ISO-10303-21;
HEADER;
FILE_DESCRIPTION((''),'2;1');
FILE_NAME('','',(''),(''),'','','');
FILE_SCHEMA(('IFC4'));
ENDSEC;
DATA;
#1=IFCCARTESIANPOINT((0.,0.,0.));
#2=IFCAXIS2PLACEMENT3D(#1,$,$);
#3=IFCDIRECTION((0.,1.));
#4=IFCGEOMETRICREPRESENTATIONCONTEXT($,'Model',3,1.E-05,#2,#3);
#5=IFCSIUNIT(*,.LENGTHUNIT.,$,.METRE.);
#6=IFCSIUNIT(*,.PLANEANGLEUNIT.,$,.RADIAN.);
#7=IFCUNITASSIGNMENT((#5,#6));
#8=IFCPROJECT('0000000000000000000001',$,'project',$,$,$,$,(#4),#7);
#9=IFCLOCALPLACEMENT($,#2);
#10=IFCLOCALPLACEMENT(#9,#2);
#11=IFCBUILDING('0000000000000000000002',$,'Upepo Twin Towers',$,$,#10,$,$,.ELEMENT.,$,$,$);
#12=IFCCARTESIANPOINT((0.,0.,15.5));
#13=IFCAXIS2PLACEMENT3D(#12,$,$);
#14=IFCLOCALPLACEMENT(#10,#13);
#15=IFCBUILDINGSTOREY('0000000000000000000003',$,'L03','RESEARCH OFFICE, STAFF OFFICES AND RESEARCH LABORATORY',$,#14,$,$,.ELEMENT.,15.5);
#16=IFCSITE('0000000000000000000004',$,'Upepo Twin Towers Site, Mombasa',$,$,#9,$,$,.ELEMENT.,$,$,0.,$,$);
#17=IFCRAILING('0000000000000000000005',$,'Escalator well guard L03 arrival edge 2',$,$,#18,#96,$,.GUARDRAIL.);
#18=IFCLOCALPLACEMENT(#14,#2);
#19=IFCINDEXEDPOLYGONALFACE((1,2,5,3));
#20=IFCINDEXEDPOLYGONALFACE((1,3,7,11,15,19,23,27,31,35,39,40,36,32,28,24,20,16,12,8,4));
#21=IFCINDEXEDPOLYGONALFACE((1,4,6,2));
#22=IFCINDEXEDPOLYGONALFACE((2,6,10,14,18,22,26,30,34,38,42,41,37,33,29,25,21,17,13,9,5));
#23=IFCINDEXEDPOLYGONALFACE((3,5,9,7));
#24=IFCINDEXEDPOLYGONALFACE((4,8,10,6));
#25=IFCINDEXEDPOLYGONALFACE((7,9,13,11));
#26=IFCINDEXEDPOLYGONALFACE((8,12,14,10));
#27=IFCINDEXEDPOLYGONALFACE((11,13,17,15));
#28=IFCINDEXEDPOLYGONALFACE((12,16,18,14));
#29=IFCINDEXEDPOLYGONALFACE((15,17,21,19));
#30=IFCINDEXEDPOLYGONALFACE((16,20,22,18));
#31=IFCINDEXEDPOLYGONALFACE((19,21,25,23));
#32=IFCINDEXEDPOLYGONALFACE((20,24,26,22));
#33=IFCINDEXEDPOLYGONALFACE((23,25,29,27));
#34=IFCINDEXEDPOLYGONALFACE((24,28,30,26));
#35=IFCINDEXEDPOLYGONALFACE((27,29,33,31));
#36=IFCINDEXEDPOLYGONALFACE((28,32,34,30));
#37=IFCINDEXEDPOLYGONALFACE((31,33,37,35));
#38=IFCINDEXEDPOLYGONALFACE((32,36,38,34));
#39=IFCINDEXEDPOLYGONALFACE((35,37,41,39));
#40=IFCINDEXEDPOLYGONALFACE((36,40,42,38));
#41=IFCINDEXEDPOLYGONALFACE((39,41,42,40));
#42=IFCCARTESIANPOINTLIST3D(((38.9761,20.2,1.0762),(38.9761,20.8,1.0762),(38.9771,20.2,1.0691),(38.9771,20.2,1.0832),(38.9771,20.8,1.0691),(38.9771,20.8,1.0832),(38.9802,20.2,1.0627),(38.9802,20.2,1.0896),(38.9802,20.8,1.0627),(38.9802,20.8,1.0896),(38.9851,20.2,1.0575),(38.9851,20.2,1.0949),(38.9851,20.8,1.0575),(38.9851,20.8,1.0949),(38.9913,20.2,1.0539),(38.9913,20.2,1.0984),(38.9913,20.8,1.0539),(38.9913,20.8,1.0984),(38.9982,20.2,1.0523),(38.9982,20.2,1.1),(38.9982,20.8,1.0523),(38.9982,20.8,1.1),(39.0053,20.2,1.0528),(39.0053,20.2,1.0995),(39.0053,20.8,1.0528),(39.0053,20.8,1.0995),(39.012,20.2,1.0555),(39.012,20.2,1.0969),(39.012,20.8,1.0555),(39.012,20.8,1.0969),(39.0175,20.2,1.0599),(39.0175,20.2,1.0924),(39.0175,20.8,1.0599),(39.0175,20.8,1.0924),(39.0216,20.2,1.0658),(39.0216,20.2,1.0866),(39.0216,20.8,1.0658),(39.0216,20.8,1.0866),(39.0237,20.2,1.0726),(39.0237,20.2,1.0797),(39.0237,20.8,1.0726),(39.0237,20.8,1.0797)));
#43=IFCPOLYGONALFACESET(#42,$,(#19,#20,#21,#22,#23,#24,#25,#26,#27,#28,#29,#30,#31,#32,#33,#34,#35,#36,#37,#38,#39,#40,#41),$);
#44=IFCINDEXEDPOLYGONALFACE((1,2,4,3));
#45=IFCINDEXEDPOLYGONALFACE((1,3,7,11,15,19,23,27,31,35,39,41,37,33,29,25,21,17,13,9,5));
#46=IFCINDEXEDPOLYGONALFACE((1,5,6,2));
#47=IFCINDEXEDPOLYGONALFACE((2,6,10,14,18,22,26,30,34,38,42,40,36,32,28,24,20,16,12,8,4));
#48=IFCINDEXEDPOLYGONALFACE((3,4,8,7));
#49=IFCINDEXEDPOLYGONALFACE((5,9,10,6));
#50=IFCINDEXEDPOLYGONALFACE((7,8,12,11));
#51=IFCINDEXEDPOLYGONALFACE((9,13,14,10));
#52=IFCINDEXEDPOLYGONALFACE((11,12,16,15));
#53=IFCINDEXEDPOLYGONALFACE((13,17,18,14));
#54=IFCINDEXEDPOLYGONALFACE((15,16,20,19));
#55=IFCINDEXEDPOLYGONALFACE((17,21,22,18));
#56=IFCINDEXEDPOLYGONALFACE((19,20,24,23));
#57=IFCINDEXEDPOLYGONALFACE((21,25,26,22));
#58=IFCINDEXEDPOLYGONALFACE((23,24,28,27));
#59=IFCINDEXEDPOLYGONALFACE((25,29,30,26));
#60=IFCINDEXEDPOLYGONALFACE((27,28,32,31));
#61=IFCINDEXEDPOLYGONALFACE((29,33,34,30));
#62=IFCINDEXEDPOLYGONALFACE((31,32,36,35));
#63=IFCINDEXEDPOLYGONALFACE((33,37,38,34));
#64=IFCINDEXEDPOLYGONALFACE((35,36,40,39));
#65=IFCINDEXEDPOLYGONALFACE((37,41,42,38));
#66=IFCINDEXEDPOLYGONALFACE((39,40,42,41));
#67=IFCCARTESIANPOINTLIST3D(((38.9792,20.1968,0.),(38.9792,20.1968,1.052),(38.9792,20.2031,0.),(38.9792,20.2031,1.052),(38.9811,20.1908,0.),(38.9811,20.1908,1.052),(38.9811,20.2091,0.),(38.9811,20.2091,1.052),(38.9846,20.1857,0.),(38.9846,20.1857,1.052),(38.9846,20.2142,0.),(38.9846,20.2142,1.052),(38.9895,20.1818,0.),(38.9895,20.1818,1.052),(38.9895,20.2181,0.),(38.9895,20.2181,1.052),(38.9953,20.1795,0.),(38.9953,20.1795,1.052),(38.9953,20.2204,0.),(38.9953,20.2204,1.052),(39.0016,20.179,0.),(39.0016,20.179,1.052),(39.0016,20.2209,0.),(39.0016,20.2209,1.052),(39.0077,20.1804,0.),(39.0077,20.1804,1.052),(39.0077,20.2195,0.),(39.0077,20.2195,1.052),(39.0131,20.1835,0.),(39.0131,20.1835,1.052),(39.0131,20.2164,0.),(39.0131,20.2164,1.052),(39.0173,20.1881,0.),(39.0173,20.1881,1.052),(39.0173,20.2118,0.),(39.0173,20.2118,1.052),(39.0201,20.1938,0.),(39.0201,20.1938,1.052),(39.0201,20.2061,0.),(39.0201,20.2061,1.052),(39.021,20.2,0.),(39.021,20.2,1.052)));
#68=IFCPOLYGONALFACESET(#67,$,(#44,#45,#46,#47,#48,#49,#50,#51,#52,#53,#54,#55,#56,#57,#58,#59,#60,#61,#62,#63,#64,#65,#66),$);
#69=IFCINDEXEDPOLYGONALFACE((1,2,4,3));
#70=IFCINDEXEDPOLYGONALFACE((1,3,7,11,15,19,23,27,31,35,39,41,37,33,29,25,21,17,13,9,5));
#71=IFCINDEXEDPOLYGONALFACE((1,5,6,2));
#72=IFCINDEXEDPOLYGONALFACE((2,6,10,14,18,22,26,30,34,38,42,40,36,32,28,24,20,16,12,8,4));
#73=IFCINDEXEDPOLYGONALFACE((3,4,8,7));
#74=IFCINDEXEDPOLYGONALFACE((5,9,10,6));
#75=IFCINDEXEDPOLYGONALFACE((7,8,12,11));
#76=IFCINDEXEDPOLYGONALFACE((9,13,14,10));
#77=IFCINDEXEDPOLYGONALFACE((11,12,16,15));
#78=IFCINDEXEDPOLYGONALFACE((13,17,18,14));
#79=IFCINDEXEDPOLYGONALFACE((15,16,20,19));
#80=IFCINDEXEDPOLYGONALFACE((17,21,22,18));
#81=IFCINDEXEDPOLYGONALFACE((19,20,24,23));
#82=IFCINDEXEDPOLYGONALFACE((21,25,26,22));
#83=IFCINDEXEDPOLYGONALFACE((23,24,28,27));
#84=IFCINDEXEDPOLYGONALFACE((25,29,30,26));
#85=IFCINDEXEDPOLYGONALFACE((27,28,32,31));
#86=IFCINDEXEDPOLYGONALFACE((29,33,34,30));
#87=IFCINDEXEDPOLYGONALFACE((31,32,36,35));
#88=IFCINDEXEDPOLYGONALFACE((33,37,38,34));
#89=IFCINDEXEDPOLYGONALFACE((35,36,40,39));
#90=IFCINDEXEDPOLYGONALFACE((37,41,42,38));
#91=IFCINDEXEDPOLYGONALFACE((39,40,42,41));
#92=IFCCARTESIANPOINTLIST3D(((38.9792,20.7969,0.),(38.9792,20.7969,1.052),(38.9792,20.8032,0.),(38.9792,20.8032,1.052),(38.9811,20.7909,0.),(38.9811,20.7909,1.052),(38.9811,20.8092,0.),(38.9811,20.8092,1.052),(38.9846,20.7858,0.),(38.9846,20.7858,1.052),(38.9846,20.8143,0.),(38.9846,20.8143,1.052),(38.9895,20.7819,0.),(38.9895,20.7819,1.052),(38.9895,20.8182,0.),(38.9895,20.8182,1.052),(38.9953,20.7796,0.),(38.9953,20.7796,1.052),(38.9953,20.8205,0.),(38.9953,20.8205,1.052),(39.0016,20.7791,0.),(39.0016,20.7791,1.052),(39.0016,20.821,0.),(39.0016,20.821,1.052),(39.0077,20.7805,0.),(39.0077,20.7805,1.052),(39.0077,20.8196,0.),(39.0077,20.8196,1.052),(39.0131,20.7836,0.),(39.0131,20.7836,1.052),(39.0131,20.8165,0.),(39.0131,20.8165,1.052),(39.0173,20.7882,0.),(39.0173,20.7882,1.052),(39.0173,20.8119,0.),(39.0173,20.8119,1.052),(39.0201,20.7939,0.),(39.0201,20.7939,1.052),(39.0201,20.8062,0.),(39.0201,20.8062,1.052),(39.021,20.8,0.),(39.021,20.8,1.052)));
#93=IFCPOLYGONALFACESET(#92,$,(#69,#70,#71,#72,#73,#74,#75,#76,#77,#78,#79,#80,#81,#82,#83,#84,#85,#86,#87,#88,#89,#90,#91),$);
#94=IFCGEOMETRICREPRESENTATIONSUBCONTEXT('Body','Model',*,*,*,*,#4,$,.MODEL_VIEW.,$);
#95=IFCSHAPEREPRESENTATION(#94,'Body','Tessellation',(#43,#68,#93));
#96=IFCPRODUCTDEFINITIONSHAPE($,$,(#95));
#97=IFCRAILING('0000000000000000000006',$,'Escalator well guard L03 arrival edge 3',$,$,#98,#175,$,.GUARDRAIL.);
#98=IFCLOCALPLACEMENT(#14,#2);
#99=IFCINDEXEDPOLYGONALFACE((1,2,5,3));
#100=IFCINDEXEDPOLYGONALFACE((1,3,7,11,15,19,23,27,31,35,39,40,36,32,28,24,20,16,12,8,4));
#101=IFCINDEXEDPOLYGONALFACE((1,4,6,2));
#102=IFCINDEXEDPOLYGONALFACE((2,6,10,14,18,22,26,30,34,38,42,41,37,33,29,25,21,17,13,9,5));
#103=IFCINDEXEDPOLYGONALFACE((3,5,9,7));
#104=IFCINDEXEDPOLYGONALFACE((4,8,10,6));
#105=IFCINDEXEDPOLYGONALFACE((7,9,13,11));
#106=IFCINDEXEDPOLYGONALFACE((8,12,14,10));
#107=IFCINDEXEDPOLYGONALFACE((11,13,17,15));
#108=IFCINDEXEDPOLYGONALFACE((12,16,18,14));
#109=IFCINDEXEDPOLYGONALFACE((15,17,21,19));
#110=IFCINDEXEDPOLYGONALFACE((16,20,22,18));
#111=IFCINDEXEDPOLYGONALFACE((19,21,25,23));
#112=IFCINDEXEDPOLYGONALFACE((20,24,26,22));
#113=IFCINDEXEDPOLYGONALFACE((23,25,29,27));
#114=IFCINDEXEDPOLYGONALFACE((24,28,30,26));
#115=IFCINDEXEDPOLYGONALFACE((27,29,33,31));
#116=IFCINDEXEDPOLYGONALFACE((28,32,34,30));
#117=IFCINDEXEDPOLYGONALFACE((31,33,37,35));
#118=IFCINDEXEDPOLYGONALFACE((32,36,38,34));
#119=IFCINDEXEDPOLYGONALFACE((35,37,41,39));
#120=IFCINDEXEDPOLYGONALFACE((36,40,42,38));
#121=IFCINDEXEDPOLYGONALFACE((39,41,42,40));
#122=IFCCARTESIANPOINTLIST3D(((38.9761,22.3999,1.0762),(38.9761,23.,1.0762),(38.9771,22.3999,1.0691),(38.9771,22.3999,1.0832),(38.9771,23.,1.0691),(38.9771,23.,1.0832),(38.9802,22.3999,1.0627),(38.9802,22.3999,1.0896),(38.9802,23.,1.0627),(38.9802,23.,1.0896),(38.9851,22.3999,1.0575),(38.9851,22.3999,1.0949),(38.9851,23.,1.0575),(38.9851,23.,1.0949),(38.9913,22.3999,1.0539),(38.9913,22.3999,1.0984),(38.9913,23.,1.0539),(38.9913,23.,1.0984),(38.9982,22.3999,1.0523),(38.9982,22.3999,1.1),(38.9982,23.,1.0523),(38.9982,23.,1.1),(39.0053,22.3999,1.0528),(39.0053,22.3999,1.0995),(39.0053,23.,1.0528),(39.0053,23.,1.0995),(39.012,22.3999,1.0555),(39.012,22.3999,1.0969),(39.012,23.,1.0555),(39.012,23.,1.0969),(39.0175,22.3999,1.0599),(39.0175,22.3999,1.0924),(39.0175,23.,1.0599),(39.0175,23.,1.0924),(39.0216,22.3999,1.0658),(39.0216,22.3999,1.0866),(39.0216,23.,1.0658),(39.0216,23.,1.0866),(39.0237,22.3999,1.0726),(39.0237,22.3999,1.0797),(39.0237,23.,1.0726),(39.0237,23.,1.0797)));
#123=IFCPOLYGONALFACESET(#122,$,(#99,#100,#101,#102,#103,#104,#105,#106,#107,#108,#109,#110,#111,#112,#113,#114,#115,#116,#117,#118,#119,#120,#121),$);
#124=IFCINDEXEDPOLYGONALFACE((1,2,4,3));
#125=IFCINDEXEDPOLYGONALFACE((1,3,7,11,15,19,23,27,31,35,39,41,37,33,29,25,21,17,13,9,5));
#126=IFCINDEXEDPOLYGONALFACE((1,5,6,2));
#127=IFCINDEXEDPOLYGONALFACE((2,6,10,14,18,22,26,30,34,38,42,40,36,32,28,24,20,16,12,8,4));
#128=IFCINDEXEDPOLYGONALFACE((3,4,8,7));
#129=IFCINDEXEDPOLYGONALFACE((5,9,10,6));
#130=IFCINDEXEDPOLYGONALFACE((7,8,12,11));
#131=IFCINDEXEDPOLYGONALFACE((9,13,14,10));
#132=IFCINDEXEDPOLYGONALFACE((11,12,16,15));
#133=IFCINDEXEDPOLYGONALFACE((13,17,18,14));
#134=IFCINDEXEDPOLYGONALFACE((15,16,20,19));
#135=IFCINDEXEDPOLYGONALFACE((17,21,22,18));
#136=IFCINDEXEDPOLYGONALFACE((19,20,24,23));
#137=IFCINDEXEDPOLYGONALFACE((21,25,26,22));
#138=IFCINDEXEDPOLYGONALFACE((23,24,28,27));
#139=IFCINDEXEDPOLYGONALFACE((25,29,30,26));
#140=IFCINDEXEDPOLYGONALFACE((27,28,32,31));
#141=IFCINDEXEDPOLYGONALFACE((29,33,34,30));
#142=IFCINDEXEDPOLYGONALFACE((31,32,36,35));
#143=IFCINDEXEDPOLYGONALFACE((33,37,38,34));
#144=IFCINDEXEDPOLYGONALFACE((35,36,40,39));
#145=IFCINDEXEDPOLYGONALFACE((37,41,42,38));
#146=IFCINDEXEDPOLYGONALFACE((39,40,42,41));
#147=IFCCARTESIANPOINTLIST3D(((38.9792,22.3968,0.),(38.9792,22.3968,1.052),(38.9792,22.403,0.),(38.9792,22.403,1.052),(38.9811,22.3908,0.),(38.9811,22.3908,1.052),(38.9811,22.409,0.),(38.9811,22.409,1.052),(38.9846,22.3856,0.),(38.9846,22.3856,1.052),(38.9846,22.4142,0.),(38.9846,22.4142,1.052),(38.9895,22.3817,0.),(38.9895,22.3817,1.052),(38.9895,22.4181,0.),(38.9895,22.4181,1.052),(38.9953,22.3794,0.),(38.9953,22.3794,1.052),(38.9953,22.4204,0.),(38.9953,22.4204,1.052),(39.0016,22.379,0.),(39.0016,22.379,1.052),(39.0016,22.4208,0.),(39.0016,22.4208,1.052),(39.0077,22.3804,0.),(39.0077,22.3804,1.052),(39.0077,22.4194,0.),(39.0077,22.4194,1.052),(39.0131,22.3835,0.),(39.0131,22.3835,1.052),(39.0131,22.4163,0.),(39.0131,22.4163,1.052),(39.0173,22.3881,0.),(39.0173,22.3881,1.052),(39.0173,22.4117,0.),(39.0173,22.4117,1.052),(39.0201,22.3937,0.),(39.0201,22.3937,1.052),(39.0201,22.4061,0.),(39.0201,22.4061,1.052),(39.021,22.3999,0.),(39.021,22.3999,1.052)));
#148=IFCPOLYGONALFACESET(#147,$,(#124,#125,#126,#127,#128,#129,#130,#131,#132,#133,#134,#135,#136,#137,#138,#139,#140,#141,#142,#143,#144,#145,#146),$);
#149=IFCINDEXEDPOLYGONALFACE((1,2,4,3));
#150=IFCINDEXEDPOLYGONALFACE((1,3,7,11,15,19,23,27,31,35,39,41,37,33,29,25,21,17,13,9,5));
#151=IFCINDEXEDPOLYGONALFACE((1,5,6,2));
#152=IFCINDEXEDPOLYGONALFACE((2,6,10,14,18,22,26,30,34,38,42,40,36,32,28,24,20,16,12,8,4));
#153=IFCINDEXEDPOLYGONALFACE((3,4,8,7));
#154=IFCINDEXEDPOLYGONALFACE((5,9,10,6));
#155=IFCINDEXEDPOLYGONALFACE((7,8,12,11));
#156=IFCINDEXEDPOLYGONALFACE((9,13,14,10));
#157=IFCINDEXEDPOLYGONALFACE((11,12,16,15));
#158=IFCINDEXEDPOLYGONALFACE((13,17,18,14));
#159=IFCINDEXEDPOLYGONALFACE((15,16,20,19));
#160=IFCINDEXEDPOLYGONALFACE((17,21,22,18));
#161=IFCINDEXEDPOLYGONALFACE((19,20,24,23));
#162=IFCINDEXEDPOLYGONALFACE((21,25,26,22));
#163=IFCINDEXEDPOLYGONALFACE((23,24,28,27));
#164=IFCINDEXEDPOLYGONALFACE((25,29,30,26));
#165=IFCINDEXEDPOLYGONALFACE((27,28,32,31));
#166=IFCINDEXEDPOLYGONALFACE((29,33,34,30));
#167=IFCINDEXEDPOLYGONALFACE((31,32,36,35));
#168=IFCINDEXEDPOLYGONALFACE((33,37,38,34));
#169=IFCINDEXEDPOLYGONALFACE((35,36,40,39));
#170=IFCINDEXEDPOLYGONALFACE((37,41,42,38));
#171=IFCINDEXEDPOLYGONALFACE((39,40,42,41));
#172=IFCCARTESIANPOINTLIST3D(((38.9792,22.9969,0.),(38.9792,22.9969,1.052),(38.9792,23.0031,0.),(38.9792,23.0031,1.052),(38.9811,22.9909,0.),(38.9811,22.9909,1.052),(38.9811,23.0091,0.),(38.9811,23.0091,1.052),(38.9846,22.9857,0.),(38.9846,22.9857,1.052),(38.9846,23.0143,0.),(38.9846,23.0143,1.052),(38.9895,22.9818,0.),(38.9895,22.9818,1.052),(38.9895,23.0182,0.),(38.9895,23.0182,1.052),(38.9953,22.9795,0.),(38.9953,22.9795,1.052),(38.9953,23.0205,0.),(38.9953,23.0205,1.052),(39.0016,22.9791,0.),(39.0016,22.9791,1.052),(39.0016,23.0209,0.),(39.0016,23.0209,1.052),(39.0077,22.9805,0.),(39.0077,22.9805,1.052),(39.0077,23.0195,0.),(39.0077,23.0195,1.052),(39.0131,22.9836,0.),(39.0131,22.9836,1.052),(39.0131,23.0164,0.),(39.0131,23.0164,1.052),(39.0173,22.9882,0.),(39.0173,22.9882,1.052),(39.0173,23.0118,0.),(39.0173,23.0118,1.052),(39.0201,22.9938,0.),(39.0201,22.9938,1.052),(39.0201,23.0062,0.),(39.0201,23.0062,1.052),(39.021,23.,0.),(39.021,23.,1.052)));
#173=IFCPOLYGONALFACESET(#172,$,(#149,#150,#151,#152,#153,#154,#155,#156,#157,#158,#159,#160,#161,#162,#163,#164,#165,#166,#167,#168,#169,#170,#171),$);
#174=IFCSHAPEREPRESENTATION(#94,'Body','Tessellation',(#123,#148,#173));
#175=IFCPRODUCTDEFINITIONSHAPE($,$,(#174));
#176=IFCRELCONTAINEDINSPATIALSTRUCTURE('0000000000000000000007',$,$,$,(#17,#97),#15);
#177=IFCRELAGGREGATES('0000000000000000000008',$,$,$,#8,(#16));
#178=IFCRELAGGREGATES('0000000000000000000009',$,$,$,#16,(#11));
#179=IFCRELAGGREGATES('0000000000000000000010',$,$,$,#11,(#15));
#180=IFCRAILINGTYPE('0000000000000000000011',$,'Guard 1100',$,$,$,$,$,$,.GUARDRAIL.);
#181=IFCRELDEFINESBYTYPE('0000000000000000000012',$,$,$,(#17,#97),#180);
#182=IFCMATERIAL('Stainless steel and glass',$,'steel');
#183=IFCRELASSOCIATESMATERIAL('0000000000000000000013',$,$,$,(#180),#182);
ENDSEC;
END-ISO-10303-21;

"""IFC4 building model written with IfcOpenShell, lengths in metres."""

from ifc_helpers import new_model, si_unit, direction, frame, origin, origin_2d, place, context, subcontext, project, spatial, circle, extrude, material, type_object, element, save


model = new_model("IFC4")

# Units and contexts
model_context = context("Model", 3, precision=1e-05, world=origin(), true_north=direction((0.0, 1.0)))
body_context = subcontext(model_context, "Body", "Model", "MODEL_VIEW")
ifc_project = project(units=[si_unit("LENGTHUNIT", "METRE"), si_unit("PLANEANGLEUNIT", "RADIAN")], contexts=[model_context])

# Site, building, storey
site_placement = place(None, origin())
site = spatial("IfcSite", under=ifc_project, at=site_placement, Name="Upepo Twin Towers Site, Mombasa", CompositionType="ELEMENT", RefElevation=0.0)
building_placement = place(site_placement, origin())
building = spatial("IfcBuilding", under=site, at=building_placement, Name="Upepo Twin Towers", CompositionType="ELEMENT")
storey_placement = place(building_placement, frame((0.0, 0.0, 15.5)))
storey = spatial("IfcBuildingStorey", under=building, at=storey_placement, Name="L03", Description="RESEARCH OFFICE, STAFF OFFICES AND RESEARCH LABORATORY", CompositionType="ELEMENT", Elevation=15.5)

# Railings
ifc_material_1 = material(Name="Stainless steel and glass", Category="steel")
railing_type = type_object("IfcRailingType", Name="Guard 1100", PredefinedType="GUARDRAIL", material=ifc_material_1)
for number, where, name in (
    (1, (39.0, 20.2, 0.0), "Escalator well guard L03 arrival edge 2"),
    (2, (39.0, 22.3999, 0.0), "Escalator well guard L03 arrival edge 3"),
):
    element("IfcRailing", number, at=place(storey_placement, frame(where)), inside=storey, type_object=railing_type, Name=name, PredefinedType="GUARDRAIL", context=body_context, shape_type="SweptSolid", body=[
        extrude(circle(Radius=0.0239, at=origin_2d()), frame((0.0, 0.0, 1.0762), z_axis=(0.0, 1.0, 0.0), x_axis=(-1.0, 0.0, 0.0)), (0.0, 0.0, 1.0), 0.6001),
        extrude(circle(Radius=0.021, at=origin_2d()), origin(), (0.0, 0.0, 1.0), 1.052),
        extrude(circle(Radius=0.021, at=origin_2d()), frame((0.0, 0.6001, 0.0)), (0.0, 0.0, 1.0), 1.052),
    ])

save(model, "model.ifc")
